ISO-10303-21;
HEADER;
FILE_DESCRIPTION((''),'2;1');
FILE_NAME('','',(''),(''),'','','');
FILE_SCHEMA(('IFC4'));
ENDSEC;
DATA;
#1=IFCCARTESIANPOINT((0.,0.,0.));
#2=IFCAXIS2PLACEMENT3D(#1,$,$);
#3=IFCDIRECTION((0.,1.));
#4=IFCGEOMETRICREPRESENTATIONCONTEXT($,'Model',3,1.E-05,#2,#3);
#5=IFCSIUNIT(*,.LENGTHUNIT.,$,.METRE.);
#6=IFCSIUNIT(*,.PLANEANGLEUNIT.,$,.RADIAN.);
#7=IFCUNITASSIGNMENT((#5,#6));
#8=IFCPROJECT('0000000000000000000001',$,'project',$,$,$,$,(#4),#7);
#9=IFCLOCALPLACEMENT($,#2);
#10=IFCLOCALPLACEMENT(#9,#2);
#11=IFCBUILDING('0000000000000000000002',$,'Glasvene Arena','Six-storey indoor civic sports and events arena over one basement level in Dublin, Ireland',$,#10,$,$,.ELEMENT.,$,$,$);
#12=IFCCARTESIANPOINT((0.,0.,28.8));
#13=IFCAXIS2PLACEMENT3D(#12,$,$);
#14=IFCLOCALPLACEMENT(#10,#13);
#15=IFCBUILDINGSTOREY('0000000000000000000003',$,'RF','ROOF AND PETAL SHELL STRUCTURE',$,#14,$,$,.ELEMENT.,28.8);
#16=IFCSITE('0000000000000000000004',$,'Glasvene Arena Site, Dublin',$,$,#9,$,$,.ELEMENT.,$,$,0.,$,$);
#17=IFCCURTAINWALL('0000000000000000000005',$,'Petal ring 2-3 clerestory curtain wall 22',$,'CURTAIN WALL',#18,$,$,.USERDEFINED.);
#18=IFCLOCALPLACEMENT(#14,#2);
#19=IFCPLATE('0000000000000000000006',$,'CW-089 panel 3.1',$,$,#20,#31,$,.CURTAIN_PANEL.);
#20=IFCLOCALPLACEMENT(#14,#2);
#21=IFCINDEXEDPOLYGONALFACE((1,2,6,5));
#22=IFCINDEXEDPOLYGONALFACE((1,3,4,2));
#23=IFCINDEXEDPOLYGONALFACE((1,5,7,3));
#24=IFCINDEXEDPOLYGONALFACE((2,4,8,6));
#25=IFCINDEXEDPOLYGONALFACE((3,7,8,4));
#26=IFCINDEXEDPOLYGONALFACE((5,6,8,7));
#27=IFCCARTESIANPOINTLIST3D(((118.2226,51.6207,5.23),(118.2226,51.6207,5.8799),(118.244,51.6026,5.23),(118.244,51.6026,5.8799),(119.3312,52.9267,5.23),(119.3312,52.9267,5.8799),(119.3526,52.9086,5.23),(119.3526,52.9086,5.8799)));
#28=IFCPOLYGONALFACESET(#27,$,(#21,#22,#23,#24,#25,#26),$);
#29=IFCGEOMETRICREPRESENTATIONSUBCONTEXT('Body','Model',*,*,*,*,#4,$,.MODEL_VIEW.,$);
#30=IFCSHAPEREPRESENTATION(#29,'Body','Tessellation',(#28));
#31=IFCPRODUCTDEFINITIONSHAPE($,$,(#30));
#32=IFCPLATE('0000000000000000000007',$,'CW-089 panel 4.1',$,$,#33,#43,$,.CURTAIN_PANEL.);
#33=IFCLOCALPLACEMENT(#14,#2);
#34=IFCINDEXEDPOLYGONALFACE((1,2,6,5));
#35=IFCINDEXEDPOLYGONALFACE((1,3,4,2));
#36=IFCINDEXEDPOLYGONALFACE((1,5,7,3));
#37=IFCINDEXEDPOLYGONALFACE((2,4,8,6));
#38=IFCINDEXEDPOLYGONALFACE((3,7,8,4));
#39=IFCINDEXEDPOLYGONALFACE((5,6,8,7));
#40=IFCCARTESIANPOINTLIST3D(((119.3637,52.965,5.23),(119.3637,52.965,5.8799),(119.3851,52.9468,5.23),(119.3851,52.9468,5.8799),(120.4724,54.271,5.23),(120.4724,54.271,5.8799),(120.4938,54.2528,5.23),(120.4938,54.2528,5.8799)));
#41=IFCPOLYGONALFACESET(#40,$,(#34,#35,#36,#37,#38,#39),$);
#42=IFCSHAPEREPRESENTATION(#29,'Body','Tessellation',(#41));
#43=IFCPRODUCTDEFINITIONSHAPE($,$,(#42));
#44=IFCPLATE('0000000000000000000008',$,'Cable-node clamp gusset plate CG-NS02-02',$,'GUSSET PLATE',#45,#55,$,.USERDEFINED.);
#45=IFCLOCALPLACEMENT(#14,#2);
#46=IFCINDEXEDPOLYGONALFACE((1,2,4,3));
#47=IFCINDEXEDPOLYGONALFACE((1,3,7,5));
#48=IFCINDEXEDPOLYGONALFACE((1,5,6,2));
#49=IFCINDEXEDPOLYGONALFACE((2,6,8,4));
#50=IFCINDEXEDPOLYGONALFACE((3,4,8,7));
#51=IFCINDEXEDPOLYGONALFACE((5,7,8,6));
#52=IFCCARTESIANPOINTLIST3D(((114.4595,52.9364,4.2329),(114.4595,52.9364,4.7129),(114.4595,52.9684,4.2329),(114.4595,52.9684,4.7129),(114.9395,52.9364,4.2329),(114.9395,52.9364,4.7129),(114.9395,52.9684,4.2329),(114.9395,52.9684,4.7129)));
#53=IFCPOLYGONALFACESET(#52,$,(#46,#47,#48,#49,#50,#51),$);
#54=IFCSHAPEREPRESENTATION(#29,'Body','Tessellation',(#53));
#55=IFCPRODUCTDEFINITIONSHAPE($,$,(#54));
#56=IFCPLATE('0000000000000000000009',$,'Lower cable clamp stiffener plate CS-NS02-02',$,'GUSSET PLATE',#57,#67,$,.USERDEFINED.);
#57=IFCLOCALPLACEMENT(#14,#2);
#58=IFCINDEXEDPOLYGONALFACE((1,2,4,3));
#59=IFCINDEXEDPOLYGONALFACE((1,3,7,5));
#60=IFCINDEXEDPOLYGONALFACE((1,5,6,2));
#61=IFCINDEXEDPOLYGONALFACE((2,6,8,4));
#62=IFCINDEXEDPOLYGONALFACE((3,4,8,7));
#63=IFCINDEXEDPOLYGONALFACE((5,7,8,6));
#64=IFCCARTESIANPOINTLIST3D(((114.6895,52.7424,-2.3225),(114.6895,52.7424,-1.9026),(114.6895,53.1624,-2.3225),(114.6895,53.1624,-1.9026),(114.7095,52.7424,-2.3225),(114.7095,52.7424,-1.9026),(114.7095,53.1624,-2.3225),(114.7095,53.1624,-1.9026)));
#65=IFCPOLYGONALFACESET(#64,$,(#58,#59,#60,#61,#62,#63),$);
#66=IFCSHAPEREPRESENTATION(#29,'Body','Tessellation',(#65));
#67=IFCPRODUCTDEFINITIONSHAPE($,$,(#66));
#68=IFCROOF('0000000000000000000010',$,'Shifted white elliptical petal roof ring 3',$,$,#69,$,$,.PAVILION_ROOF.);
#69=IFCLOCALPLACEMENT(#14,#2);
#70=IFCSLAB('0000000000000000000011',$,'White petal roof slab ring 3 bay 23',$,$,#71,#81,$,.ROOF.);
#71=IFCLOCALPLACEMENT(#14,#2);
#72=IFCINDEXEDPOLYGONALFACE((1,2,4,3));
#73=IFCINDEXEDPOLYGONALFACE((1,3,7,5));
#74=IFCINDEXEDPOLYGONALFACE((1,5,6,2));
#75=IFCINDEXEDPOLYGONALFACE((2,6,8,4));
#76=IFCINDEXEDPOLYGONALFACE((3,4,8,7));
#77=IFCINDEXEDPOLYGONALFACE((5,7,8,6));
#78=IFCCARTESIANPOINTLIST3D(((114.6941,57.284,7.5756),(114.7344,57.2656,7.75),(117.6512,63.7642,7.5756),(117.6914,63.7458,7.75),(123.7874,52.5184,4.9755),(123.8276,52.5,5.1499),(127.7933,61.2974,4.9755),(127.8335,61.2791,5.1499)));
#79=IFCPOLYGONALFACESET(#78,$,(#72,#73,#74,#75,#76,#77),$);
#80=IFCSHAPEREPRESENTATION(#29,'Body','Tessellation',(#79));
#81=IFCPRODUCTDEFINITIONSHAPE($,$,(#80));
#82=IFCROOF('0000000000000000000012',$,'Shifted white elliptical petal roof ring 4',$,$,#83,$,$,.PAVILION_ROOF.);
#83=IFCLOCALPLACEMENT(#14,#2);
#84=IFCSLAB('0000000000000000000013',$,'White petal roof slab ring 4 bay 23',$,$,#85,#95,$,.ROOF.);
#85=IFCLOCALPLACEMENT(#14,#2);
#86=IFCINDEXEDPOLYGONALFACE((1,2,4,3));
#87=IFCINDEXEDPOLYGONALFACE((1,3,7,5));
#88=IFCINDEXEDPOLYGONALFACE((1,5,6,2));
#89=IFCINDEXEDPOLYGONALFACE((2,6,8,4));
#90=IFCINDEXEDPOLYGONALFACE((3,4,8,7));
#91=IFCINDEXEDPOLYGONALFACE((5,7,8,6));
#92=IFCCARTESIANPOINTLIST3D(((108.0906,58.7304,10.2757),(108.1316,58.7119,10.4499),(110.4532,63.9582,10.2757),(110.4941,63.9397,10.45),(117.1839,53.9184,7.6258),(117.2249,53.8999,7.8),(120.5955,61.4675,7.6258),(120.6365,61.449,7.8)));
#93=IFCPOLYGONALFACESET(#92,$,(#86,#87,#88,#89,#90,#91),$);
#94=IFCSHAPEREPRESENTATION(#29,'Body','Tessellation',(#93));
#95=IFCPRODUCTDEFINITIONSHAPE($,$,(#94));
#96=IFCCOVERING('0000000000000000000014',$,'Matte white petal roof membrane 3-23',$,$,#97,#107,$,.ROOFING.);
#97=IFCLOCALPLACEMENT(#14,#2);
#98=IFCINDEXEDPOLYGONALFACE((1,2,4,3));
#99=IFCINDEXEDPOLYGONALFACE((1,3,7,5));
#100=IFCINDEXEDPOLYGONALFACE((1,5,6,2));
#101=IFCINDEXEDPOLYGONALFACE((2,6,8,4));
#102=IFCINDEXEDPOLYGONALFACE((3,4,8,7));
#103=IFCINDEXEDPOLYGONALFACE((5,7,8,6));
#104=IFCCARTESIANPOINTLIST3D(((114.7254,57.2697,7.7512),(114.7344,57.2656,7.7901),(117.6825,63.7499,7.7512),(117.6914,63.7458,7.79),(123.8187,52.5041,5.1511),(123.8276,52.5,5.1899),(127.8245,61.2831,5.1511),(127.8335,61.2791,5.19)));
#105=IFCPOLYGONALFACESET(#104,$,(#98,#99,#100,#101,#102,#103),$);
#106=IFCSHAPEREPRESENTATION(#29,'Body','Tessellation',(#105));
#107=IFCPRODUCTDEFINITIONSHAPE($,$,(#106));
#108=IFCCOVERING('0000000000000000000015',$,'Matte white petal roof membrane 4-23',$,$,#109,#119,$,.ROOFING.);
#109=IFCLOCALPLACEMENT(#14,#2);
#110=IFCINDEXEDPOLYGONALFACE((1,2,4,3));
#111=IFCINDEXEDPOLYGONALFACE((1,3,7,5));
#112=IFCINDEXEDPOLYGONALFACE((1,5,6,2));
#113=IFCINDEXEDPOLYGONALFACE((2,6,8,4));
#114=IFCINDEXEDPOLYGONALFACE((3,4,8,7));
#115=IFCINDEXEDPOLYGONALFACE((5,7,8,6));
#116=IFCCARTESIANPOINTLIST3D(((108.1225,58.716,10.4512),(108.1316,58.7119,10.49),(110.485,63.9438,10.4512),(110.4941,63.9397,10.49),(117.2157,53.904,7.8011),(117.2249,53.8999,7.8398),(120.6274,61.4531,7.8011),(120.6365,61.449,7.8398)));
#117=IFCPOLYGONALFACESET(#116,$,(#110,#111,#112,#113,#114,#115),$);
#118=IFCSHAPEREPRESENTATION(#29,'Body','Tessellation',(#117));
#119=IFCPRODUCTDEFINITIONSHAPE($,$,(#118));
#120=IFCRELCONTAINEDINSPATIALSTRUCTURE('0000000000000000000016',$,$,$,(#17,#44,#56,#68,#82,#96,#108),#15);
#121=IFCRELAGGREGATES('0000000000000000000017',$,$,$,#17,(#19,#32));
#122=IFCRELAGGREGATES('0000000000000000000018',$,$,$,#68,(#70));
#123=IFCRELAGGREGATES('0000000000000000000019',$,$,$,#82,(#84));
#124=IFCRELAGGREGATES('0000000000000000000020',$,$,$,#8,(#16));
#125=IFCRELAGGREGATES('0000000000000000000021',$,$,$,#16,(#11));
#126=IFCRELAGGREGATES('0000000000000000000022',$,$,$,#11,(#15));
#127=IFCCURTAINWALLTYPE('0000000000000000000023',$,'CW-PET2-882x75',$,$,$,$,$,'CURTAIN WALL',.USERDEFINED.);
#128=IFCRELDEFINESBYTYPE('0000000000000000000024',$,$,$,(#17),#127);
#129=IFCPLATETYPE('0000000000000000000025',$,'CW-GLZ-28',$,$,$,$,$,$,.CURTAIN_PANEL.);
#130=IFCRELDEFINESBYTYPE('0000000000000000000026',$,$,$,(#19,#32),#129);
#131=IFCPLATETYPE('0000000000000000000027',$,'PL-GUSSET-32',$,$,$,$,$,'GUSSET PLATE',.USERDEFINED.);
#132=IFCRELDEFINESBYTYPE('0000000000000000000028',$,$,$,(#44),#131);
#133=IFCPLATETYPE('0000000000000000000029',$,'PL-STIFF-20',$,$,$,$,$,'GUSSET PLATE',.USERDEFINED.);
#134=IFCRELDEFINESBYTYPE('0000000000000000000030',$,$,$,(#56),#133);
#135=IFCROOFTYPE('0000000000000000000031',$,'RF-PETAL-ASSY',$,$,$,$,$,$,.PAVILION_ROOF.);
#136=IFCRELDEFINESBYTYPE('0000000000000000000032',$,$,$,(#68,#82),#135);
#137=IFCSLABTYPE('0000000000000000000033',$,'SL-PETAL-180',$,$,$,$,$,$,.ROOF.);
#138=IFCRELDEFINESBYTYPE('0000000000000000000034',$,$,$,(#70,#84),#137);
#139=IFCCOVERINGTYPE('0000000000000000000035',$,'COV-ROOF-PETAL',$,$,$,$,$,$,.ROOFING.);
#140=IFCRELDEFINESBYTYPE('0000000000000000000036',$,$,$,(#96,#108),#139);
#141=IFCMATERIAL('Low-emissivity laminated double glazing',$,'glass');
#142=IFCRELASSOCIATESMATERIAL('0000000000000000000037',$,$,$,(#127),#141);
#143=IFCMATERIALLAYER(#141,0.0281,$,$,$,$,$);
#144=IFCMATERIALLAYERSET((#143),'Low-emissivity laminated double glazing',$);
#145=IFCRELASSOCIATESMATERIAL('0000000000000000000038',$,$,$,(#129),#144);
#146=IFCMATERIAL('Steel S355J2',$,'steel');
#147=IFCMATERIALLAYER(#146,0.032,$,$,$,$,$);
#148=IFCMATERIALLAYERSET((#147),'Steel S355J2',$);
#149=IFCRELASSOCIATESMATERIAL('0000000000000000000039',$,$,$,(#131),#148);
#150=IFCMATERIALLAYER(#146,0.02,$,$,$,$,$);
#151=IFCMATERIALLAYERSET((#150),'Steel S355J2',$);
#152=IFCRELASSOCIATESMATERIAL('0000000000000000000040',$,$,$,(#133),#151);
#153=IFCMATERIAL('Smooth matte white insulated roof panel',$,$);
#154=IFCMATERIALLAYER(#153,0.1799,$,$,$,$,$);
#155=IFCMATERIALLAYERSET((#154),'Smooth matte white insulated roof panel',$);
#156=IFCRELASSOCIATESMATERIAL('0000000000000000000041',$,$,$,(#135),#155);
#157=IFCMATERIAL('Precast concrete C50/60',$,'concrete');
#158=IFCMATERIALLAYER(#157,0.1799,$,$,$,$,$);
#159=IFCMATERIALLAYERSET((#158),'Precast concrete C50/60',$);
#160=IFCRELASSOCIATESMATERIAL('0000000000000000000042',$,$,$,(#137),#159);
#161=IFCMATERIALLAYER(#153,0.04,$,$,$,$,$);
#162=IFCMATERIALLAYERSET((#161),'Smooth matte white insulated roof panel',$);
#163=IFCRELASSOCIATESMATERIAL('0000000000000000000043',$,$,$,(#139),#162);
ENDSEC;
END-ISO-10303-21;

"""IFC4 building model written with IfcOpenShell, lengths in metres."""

from ifc_helpers import new_model, si_unit, direction, frame, origin, origin_2d, place, context, subcontext, project, spatial, polyline, rectangle, outline, extrude, material, layer, layer_set, type_object, element, aggregate, save


model = new_model("IFC4")

# Units and contexts
model_context = context("Model", 3, precision=1e-05, world=origin(), true_north=direction((0.0, 1.0)))
body_context = subcontext(model_context, "Body", "Model", "MODEL_VIEW")
ifc_project = project(units=[si_unit("LENGTHUNIT", "METRE"), si_unit("PLANEANGLEUNIT", "RADIAN")], contexts=[model_context])

# Site, building, storey
site_placement = place(None, origin())
site = spatial("IfcSite", under=ifc_project, at=site_placement, Name="Glasvene Arena Site, Dublin", CompositionType="ELEMENT", RefElevation=0.0)
building_placement = place(site_placement, origin())
building = spatial("IfcBuilding", under=site, at=building_placement, Name="Glasvene Arena", Description="Six-storey indoor civic sports and events arena over one basement level in Dublin, Ireland", CompositionType="ELEMENT")
storey_placement = place(building_placement, frame((0.0, 0.0, 28.8)))
storey = spatial("IfcBuildingStorey", under=building, at=storey_placement, Name="RF", Description="ROOF AND PETAL SHELL STRUCTURE", CompositionType="ELEMENT", Elevation=28.8)

# Shared definitions
ifc_material_1 = material(Name="Low-emissivity laminated double glazing", Category="glass")

# Curtain wall
curtain_wall_type_1 = type_object("IfcCurtainWallType", Name="CW-PET2-882x75", ElementType="CURTAIN WALL", PredefinedType="USERDEFINED", material=ifc_material_1)
curtain_wall_1_placement = place(storey_placement, frame((115.9351, 48.9043, 0.0)))
curtain_wall_1 = element("IfcCurtainWall", 1, at=curtain_wall_1_placement, inside=storey, type_object=curtain_wall_type_1, Name="Petal ring 2-3 clerestory curtain wall 22", ObjectType="CURTAIN WALL", PredefinedType="USERDEFINED")

# Shared definitions
ifc_material_2 = material(Name="Steel S355J2", Category="steel")

# Plates
ifc_layer_1 = layer(ifc_material_1, 0.0281)
ifc_layer_set_1 = layer_set([ifc_layer_1], Name="Low-emissivity laminated double glazing")
plate_type_1 = type_object("IfcPlateType", Name="CW-GLZ-28", PredefinedType="CURTAIN_PANEL", material=ifc_layer_set_1)
plate_1_placement = place(storey_placement, frame((118.7876, 52.2646, 5.23), z_axis=(0.0, 0.0, 1.0), x_axis=(0.647167, 0.762348, 0.0)))
plate_1 = element("IfcPlate", 2, at=plate_1_placement, type_object=plate_type_1, Name="CW-089 panel 3.1", PredefinedType="CURTAIN_PANEL", context=body_context, shape_type="SweptSolid", body=[
    extrude(rectangle(XDim=1.7131, YDim=0.0281, at=origin_2d()), origin(), (0.0, 0.0, 1.0), 0.6499),
])
plate_2_placement = place(storey_placement, frame((119.9287, 53.6089, 5.23), z_axis=(0.0, 0.0, 1.0), x_axis=(0.647167, 0.762348, 0.0)))
plate_2 = element("IfcPlate", 3, at=plate_2_placement, type_object=plate_type_1, Name="CW-089 panel 4.1", PredefinedType="CURTAIN_PANEL", context=body_context, shape_type="SweptSolid", body=[
    extrude(rectangle(XDim=1.7131, YDim=0.0281, at=origin_2d()), origin(), (0.0, 0.0, 1.0), 0.6499),
])
aggregate(curtain_wall_1, [plate_1, plate_2])

# Plates
ifc_layer_2 = layer(ifc_material_2, 0.032)
ifc_layer_set_2 = layer_set([ifc_layer_2], Name="Steel S355J2")
plate_type_2 = type_object("IfcPlateType", Name="PL-GUSSET-32", ElementType="GUSSET PLATE", PredefinedType="USERDEFINED", material=ifc_layer_set_2)
plate_3_placement = place(storey_placement, frame((114.6995, 52.9524, 4.2329), z_axis=(0.0, 0.0, 1.0), x_axis=(1.0, 0.0, 0.0)))
element("IfcPlate", 4, at=plate_3_placement, inside=storey, type_object=plate_type_2, Name="Cable-node clamp gusset plate CG-NS02-02", ObjectType="GUSSET PLATE", PredefinedType="USERDEFINED", context=body_context, shape_type="SweptSolid", body=[
    extrude(rectangle(XDim=0.48, YDim=0.032, at=origin_2d()), origin(), (0.0, 0.0, 1.0), 0.48),
])
ifc_layer_3 = layer(ifc_material_2, 0.02)
ifc_layer_set_3 = layer_set([ifc_layer_3], Name="Steel S355J2")
plate_type_3 = type_object("IfcPlateType", Name="PL-STIFF-20", ElementType="GUSSET PLATE", PredefinedType="USERDEFINED", material=ifc_layer_set_3)
plate_4_placement = place(storey_placement, frame((114.6995, 52.9524, -2.3225), z_axis=(0.0, 0.0, 1.0), x_axis=(1.0, 0.0, 0.0)))
element("IfcPlate", 5, at=plate_4_placement, inside=storey, type_object=plate_type_3, Name="Lower cable clamp stiffener plate CS-NS02-02", ObjectType="GUSSET PLATE", PredefinedType="USERDEFINED", context=body_context, shape_type="SweptSolid", body=[
    extrude(rectangle(XDim=0.02, YDim=0.4199, at=origin_2d()), origin(), (0.0, 0.0, 1.0), 0.4199),
])

# Roofs, slabs
ifc_material_3 = material(Name="Smooth matte white insulated roof panel")
ifc_layer_4 = layer(ifc_material_3, 0.1799)
ifc_layer_set_4 = layer_set([ifc_layer_4], Name="Smooth matte white insulated roof panel")
roof_type = type_object("IfcRoofType", Name="RF-PETAL-ASSY", PredefinedType="PAVILION_ROOF", material=ifc_layer_set_4)
roof_1_placement = place(storey_placement, frame((89.1001, 70.7, 5.1499)))
roof_1 = element("IfcRoof", 6, at=roof_1_placement, inside=storey, type_object=roof_type, Name="Shifted white elliptical petal roof ring 3", PredefinedType="PAVILION_ROOF")
ifc_material_4 = material(Name="Precast concrete C50/60", Category="concrete")
ifc_layer_5 = layer(ifc_material_4, 0.1799)
ifc_layer_set_5 = layer_set([ifc_layer_5], Name="Precast concrete C50/60")
slab_type = type_object("IfcSlabType", Name="SL-PETAL-180", PredefinedType="ROOF", material=ifc_layer_set_5)
slab_1_placement = place(storey_placement, frame((123.8276, 52.5, 5.1499), z_axis=(0.223672, -0.102063, 0.969306), x_axis=(0.415124, 0.909765, 0.000002)))
slab_1 = element("IfcSlab", 7, at=slab_1_placement, type_object=slab_type, Name="White petal roof slab ring 3 bay 23", PredefinedType="ROOF", context=body_context, shape_type="SweptSolid", body=[
    extrude(outline(polyline([(0.0, 0.0), (9.6498, 0.0), (7.6838, 10.5756), (0.5608, 10.5757), (0.0, 0.0)])), origin(), (0.0, 0.0, -1.0), 0.1799),
])
aggregate(roof_1, [slab_1])
roof_2_placement = place(storey_placement, frame((87.6499, 69.55, 7.8)))
roof_2 = element("IfcRoof", 8, at=roof_2_placement, inside=storey, type_object=roof_type, Name="Shifted white elliptical petal roof ring 4", PredefinedType="PAVILION_ROOF")
slab_2_placement = place(storey_placement, frame((117.2249, 53.8999, 7.8), z_axis=(0.227711, -0.102908, 0.968276), x_axis=(0.411824, 0.911264, 0.0)))
slab_2 = element("IfcSlab", 9, at=slab_2_placement, type_object=slab_type, Name="White petal roof slab ring 4 bay 23", PredefinedType="ROOF", context=body_context, shape_type="SweptSolid", body=[
    extrude(outline(polyline([(0.0, 0.0), (8.2842, 0.0), (6.377, 10.6045), (0.6402, 10.6045), (0.0, 0.0)])), origin(), (0.0, 0.0, -1.0), 0.1799),
])
aggregate(roof_2, [slab_2])

# Coverings
ifc_layer_6 = layer(ifc_material_3, 0.04)
ifc_layer_set_6 = layer_set([ifc_layer_6], Name="Smooth matte white insulated roof panel")
covering_type = type_object("IfcCoveringType", Name="COV-ROOF-PETAL", PredefinedType="ROOFING", material=ifc_layer_set_6)
covering_1_placement = place(storey_placement, frame((123.8276, 52.5, 5.1899), z_axis=(0.223672, -0.102063, 0.969306), x_axis=(0.415124, 0.909765, 0.000002)))
element("IfcCovering", 10, at=covering_1_placement, inside=storey, type_object=covering_type, Name="Matte white petal roof membrane 3-23", PredefinedType="ROOFING", context=body_context, shape_type="SweptSolid", body=[
    extrude(outline(polyline([(0.0, 0.0), (9.6498, 0.0), (7.6838, 10.5756), (0.5608, 10.5757), (0.0, 0.0)])), origin(), (0.0, 0.0, -1.0), 0.04),
])
covering_2_placement = place(storey_placement, frame((117.2249, 53.8999, 7.8398), z_axis=(0.227731, -0.102917, 0.96827), x_axis=(0.411824, 0.911264, 0.0)))
element("IfcCovering", 11, at=covering_2_placement, inside=storey, type_object=covering_type, Name="Matte white petal roof membrane 4-23", PredefinedType="ROOFING", context=body_context, shape_type="SweptSolid", body=[
    extrude(outline(polyline([(0.0, 0.0), (8.2842, 0.0), (6.377, 10.6046), (0.6402, 10.6045), (0.0, 0.0)])), origin(), (0.0, 0.0, -1.0), 0.04),
])

save(model, "model.ifc")
